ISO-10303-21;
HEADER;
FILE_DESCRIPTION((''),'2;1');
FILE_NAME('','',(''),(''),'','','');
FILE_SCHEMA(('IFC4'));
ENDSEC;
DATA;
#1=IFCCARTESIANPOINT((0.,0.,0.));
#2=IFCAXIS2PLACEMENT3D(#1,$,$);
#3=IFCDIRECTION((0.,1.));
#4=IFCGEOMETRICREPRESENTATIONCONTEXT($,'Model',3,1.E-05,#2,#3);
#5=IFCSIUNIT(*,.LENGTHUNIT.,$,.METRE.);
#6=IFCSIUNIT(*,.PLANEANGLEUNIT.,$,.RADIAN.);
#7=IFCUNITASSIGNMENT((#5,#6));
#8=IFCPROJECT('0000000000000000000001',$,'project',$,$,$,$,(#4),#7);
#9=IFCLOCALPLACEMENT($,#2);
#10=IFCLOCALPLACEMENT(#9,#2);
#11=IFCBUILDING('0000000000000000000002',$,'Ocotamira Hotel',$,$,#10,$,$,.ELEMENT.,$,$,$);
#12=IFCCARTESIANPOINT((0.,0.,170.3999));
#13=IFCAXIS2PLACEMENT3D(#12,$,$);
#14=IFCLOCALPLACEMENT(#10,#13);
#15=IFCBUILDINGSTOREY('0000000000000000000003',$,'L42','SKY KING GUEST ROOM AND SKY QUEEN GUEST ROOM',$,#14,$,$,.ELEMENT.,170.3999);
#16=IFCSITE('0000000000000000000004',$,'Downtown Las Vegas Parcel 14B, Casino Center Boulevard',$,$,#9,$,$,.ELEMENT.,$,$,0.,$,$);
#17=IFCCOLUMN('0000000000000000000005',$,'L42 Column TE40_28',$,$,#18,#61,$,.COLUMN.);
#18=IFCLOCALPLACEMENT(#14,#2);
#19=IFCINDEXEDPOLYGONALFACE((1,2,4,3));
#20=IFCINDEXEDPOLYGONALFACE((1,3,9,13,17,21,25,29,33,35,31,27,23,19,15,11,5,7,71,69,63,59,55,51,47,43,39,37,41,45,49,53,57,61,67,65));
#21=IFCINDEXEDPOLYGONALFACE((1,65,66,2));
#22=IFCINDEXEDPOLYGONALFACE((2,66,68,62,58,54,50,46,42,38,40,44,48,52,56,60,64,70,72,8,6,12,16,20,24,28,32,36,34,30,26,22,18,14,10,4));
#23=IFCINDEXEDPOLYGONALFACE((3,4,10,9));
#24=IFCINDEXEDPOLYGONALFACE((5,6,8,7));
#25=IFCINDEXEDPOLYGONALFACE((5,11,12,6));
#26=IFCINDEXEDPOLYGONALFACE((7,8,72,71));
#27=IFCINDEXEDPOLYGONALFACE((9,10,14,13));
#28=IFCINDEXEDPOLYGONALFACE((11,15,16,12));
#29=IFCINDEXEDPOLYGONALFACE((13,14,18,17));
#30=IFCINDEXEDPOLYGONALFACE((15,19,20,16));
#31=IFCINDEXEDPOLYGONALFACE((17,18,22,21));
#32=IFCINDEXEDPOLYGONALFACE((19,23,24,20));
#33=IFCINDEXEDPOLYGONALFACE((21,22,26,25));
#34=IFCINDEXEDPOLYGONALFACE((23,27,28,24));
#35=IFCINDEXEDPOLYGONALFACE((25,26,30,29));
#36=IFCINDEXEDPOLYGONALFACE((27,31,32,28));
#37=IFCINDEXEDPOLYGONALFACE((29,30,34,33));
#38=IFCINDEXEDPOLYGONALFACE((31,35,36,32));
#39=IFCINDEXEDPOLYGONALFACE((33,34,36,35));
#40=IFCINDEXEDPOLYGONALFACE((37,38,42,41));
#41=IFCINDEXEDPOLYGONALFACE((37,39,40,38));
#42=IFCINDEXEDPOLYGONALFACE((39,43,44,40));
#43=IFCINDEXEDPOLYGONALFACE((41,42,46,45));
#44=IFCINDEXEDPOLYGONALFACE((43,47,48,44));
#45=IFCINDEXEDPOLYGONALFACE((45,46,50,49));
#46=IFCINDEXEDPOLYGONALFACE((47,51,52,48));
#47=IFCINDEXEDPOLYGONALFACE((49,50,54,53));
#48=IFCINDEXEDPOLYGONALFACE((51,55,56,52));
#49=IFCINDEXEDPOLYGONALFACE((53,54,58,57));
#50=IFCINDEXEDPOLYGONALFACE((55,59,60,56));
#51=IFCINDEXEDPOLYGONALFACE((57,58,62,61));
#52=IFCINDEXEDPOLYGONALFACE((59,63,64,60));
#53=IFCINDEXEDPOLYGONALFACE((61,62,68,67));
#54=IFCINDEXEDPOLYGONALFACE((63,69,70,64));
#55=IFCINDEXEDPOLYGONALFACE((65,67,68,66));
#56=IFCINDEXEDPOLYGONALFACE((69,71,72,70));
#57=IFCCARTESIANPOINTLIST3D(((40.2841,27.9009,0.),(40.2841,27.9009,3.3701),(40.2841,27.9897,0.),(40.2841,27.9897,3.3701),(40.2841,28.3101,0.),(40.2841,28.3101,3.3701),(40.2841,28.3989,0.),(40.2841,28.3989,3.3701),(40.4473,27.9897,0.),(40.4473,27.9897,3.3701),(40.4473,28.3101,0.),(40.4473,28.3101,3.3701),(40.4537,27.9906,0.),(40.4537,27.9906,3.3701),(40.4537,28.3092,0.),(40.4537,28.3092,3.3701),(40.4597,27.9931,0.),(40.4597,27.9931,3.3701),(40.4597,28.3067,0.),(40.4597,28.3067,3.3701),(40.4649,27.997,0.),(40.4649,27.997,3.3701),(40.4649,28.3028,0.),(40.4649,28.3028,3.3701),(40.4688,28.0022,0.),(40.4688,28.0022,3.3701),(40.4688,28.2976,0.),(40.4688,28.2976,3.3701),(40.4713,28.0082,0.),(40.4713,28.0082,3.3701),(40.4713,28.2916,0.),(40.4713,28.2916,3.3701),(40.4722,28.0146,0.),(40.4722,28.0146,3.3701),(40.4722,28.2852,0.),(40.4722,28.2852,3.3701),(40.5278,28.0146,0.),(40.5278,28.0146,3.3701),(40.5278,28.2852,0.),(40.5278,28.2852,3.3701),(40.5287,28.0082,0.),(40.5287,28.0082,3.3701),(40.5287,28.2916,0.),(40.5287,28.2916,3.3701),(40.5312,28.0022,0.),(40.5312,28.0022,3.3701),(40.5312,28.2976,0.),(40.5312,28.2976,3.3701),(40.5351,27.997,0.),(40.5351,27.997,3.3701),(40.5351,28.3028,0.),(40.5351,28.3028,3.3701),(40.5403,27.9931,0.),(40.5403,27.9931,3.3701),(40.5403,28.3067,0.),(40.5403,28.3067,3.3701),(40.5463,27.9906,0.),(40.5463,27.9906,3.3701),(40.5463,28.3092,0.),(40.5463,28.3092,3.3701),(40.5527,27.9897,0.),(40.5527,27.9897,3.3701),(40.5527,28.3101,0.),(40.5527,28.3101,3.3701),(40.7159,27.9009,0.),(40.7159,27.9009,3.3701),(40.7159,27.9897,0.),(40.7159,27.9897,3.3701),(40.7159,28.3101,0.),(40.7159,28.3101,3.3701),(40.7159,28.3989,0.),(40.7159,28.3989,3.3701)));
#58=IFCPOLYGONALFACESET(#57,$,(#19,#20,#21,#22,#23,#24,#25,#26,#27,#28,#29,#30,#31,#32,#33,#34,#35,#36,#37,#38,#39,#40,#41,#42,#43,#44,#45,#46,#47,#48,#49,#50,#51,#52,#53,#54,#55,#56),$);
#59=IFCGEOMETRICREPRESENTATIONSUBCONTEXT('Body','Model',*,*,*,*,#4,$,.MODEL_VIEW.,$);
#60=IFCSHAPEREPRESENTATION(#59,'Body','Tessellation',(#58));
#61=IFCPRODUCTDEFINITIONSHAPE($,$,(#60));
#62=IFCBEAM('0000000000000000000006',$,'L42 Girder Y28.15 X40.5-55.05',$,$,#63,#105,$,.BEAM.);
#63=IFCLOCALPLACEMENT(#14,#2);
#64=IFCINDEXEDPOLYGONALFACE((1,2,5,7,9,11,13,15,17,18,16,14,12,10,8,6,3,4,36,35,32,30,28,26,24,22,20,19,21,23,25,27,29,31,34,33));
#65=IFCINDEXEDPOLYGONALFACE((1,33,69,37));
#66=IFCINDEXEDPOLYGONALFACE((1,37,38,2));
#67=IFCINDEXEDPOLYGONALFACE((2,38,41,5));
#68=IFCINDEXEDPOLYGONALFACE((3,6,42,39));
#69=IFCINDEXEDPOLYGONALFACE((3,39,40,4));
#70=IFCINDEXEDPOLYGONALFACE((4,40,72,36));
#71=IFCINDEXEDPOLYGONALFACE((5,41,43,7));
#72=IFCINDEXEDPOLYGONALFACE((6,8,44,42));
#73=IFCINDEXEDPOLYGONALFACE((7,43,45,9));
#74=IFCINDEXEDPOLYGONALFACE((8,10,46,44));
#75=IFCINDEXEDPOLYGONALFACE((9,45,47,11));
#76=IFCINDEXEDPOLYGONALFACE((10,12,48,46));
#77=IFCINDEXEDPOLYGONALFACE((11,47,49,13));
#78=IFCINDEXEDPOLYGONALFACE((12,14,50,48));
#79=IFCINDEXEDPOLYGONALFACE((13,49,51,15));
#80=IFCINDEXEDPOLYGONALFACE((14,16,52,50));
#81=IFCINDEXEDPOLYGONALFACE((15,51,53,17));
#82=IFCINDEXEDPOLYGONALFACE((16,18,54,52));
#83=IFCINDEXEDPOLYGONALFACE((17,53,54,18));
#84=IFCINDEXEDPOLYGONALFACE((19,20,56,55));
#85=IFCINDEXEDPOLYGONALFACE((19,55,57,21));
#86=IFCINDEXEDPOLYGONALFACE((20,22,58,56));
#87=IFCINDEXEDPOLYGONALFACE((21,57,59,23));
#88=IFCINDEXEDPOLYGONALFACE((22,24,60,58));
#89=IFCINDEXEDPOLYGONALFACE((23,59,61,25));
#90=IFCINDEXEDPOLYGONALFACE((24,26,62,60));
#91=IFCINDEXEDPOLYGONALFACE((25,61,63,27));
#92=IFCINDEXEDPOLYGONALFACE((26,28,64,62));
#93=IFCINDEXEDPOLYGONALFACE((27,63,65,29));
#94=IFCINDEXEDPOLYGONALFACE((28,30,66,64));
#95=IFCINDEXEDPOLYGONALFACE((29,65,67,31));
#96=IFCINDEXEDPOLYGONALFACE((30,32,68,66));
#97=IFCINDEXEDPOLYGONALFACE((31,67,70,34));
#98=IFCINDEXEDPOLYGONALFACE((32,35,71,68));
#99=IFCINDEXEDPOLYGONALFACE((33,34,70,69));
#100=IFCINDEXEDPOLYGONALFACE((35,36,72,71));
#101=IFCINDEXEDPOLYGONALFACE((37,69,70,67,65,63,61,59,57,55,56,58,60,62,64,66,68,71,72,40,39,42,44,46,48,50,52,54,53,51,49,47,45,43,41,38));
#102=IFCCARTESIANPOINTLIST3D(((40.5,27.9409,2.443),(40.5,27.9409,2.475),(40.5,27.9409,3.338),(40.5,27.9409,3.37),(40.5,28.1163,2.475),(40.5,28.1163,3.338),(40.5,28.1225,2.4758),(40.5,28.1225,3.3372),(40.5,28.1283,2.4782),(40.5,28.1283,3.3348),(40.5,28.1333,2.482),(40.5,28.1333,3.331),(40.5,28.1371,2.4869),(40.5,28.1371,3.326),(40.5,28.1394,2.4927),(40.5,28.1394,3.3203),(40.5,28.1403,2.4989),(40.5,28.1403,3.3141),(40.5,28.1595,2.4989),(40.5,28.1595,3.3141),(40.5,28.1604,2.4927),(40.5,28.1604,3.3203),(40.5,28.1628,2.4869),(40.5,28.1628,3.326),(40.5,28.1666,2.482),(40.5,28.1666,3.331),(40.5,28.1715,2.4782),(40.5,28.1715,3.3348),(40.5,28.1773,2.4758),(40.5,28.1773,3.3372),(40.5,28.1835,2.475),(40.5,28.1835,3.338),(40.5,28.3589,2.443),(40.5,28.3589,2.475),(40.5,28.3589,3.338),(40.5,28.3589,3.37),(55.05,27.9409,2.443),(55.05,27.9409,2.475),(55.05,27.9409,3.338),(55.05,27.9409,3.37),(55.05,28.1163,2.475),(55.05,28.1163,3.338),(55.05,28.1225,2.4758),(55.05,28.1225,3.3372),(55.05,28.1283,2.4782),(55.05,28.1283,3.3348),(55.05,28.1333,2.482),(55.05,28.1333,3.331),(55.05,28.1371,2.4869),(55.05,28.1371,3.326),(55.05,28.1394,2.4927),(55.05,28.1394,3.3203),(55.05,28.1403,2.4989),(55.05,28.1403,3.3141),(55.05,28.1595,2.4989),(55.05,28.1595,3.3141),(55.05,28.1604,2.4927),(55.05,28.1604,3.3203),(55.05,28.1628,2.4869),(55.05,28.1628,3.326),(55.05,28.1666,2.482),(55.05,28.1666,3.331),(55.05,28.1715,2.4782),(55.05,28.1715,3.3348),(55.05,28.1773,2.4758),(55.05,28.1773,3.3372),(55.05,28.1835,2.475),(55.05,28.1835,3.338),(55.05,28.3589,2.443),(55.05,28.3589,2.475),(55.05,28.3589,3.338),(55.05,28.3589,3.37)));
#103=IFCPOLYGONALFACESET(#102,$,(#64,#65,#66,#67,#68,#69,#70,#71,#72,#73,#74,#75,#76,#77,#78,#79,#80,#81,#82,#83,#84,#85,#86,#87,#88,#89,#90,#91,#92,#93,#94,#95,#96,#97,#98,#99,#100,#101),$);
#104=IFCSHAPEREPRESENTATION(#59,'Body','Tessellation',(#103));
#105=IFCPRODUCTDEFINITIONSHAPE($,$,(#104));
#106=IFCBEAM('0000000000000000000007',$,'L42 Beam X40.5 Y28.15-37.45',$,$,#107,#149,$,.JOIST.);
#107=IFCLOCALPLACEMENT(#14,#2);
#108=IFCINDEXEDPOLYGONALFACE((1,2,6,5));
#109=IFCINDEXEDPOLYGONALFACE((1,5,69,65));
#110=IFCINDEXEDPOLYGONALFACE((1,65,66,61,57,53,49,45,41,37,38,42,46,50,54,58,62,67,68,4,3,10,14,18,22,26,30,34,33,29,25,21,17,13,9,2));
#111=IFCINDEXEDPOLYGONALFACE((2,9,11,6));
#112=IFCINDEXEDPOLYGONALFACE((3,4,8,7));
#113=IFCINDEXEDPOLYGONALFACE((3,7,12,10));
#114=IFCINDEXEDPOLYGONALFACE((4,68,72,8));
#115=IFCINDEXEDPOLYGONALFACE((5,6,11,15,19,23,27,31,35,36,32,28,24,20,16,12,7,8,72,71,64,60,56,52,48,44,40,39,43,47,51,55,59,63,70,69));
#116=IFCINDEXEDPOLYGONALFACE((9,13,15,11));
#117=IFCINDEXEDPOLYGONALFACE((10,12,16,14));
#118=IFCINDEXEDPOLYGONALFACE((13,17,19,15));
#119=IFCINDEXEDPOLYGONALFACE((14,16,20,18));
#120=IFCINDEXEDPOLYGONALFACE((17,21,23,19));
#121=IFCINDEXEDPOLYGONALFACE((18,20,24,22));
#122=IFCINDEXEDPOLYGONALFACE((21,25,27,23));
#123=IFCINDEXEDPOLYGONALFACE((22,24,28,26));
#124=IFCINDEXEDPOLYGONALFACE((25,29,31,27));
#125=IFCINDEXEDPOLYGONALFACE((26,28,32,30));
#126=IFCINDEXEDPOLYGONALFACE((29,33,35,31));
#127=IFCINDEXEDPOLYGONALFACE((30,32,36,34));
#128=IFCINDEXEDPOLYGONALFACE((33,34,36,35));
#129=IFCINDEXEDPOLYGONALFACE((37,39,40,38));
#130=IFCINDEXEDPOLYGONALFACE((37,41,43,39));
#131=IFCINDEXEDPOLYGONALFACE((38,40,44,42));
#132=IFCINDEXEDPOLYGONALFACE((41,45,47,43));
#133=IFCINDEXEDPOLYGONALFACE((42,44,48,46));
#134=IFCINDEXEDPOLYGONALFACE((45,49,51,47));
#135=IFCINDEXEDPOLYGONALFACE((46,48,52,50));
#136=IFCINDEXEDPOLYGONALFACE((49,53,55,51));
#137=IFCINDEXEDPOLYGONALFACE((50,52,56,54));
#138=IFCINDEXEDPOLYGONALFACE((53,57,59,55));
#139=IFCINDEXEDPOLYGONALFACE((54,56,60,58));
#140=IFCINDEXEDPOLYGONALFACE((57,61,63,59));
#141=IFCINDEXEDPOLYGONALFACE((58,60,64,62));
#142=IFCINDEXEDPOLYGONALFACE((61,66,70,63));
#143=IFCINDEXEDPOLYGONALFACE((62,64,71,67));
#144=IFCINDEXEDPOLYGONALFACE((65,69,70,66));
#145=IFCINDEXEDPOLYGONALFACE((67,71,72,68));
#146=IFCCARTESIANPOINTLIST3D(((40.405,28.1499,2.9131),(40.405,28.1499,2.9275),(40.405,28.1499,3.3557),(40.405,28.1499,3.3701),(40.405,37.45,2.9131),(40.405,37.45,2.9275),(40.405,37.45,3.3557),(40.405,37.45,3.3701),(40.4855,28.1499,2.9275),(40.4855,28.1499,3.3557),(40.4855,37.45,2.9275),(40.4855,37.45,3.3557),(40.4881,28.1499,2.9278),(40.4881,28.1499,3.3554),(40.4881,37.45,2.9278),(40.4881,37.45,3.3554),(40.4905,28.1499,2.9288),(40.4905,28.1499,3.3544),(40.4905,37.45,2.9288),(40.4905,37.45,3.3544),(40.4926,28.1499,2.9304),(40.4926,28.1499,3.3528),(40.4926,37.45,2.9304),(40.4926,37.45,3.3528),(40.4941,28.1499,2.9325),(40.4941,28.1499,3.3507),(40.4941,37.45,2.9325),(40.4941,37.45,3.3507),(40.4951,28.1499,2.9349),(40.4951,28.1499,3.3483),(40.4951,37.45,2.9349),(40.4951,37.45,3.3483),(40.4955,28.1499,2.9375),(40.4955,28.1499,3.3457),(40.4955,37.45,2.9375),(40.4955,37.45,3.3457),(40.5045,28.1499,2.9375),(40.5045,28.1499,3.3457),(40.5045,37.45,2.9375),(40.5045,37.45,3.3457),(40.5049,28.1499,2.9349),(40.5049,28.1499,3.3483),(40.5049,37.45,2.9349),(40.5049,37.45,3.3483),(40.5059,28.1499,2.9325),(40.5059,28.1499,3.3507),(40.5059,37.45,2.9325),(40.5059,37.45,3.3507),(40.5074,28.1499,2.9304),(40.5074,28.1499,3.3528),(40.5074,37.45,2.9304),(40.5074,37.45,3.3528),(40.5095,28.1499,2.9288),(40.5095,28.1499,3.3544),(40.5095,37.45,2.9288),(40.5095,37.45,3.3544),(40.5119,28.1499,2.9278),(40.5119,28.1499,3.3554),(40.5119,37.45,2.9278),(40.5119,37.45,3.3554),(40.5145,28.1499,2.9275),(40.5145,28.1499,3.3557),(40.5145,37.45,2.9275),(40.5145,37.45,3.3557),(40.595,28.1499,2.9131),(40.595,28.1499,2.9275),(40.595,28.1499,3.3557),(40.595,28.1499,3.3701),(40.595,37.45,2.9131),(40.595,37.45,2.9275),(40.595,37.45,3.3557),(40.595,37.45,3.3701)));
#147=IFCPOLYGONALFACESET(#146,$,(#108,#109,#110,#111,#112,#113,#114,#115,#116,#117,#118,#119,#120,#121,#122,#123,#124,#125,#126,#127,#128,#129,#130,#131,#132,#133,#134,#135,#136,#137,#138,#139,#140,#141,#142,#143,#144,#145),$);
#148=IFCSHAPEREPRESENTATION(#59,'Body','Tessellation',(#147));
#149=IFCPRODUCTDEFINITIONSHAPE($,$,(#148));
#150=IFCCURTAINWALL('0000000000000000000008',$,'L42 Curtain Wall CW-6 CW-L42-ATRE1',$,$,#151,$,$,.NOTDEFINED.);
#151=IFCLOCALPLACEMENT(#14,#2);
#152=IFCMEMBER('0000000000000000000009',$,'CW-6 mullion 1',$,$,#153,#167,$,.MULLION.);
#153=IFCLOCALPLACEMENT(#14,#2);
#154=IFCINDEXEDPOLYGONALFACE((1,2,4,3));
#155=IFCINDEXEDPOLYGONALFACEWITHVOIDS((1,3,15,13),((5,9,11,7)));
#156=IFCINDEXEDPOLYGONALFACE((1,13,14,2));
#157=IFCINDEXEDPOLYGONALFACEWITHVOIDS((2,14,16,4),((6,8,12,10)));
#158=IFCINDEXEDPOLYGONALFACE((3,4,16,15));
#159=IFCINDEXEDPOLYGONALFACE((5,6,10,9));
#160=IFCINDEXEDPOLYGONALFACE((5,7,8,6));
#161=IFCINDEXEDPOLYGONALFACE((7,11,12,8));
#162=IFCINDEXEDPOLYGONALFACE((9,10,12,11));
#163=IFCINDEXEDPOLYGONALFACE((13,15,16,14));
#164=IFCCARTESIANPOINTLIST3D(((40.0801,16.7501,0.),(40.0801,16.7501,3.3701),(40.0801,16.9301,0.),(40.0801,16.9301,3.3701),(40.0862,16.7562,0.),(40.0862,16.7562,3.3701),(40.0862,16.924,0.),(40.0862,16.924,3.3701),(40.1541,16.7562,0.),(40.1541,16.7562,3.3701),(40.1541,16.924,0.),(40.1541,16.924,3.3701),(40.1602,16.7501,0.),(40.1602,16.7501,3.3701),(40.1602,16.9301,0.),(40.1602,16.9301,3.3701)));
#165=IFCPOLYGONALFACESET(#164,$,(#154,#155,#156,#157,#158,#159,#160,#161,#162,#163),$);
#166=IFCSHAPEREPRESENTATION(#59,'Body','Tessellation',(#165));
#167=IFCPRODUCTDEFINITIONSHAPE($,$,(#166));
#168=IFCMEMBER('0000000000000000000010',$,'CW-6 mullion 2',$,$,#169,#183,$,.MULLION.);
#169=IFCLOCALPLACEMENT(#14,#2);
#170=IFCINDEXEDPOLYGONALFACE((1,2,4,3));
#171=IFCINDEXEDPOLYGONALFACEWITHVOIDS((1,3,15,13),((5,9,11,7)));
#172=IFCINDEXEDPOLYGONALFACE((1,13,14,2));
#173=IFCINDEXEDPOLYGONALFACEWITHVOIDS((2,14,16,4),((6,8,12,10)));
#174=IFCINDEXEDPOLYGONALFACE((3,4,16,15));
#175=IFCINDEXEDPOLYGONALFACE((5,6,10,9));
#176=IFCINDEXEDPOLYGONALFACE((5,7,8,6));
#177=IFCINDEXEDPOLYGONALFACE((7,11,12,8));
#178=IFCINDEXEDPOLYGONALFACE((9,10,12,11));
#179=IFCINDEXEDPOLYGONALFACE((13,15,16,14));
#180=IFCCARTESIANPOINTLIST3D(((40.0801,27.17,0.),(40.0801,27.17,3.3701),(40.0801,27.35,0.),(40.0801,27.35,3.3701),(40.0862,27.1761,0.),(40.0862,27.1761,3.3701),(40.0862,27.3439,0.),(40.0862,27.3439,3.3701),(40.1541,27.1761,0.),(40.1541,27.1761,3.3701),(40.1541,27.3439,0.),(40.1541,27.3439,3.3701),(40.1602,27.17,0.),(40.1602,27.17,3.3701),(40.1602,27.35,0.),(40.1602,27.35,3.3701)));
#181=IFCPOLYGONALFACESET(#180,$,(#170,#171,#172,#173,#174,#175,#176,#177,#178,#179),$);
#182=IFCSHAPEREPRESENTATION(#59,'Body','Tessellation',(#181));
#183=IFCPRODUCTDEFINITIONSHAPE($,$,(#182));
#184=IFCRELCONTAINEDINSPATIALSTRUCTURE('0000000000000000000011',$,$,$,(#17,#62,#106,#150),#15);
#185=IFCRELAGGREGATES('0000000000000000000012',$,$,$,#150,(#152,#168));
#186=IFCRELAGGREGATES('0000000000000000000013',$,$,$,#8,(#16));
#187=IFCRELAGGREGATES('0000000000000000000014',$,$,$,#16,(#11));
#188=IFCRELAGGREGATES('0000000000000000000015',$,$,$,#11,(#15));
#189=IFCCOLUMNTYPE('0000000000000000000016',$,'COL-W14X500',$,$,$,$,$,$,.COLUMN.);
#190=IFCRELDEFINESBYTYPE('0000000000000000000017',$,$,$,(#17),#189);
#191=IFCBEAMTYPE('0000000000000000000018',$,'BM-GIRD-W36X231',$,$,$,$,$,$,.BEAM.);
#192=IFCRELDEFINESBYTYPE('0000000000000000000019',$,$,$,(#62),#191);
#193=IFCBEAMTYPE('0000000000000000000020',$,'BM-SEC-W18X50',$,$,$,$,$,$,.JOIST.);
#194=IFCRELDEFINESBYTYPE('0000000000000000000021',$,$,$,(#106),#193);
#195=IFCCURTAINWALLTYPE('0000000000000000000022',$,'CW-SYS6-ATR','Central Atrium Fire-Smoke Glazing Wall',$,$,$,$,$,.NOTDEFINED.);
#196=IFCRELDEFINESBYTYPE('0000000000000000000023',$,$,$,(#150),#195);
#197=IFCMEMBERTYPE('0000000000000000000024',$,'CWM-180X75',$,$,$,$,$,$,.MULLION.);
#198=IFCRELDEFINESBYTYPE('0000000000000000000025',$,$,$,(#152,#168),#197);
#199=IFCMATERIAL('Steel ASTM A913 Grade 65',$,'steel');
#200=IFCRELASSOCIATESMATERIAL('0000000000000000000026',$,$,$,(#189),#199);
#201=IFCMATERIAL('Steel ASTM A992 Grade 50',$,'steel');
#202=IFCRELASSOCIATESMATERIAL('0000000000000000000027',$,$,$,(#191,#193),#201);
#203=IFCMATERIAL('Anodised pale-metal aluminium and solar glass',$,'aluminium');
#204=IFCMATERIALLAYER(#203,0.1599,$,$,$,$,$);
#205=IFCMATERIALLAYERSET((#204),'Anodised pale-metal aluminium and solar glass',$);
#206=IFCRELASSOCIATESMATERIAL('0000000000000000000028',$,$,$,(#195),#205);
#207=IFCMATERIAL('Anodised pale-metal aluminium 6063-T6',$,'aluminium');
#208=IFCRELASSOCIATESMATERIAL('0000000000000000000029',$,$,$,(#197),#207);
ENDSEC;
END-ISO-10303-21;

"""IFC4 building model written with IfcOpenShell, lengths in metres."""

from ifc_helpers import new_model, si_unit, direction, frame, origin, origin_2d, place, context, subcontext, project, spatial, hollow_rectangle, i_section, extrude, source, transform, mapped, material, layer, layer_set, material_profile, profile_set, type_object, element, aggregate, save


model = new_model("IFC4")

# Units and contexts
model_context = context("Model", 3, precision=1e-05, world=origin(), true_north=direction((0.0, 1.0)))
body_context = subcontext(model_context, "Body", "Model", "MODEL_VIEW")
ifc_project = project(units=[si_unit("LENGTHUNIT", "METRE"), si_unit("PLANEANGLEUNIT", "RADIAN")], contexts=[model_context])

# Site, building, storey
site_placement = place(None, origin())
site = spatial("IfcSite", under=ifc_project, at=site_placement, Name="Downtown Las Vegas Parcel 14B, Casino Center Boulevard", CompositionType="ELEMENT", RefElevation=0.0)
building_placement = place(site_placement, origin())
building = spatial("IfcBuilding", under=site, at=building_placement, Name="Ocotamira Hotel", CompositionType="ELEMENT")
storey_placement = place(building_placement, frame((0.0, 0.0, 170.3999)))
storey = spatial("IfcBuildingStorey", under=building, at=storey_placement, Name="L42", Description="SKY KING GUEST ROOM AND SKY QUEEN GUEST ROOM", CompositionType="ELEMENT", Elevation=170.3999)

# Column
ifc_material_1 = material(Name="Steel ASTM A913 Grade 65", Category="steel")
ifc_material_profile_1 = material_profile(ifc_material_1, i_section(OverallWidth=0.4319, OverallDepth=0.498, WebThickness=0.0557, FlangeThickness=0.0889, FilletRadius=0.0249, at=origin_2d()), Name="W14X500")
ifc_profile_set_1 = profile_set([ifc_material_profile_1], Name="Steel ASTM A913 Grade 65")
column_type = type_object("IfcColumnType", Name="COL-W14X500", PredefinedType="COLUMN", material=ifc_profile_set_1)
shared_shape_1 = source(origin(), body_context, "Body", "SweptSolid", [
    extrude(i_section(OverallWidth=0.4319, OverallDepth=0.498, WebThickness=0.0557, FlangeThickness=0.0889, FilletRadius=0.0249, at=origin_2d()), origin(), (0.0, 0.0, 1.0), 3.3701),
])
column_placement = place(storey_placement, frame((40.5, 28.1499, 0.0), z_axis=(0.0, 0.0, 1.0), x_axis=(1.0, 0.0, 0.0)))
element("IfcColumn", 1, at=column_placement, inside=storey, type_object=column_type, Name="L42 Column TE40_28", PredefinedType="COLUMN", context=body_context, shape_type="MappedRepresentation", body=[
    mapped(shared_shape_1, transform((0.0, 0.0, 0.0), scale=1.0)),
])

# Beams
ifc_material_2 = material(Name="Steel ASTM A992 Grade 50", Category="steel")
ifc_material_profile_2 = material_profile(ifc_material_2, i_section(OverallWidth=0.418, OverallDepth=0.927, WebThickness=0.0193, FlangeThickness=0.032, FilletRadius=0.0239, at=origin_2d()), Name="W36X231")
ifc_profile_set_2 = profile_set([ifc_material_profile_2], Name="Steel ASTM A992 Grade 50")
beam_type_1 = type_object("IfcBeamType", Name="BM-GIRD-W36X231", PredefinedType="BEAM", material=ifc_profile_set_2)
shared_shape_2 = source(origin(), body_context, "Body", "SweptSolid", [
    extrude(i_section(OverallWidth=0.418, OverallDepth=0.927, WebThickness=0.0193, FlangeThickness=0.032, FilletRadius=0.0239, at=origin_2d()), origin(), (0.0, 0.0, 1.0), 14.55),
])
beam_1_placement = place(storey_placement, frame((40.5, 28.1499, 2.9065), z_axis=(1.0, 0.0, 0.0), x_axis=(0.0, 1.0, 0.0)))
element("IfcBeam", 2, at=beam_1_placement, inside=storey, type_object=beam_type_1, Name="L42 Girder Y28.15 X40.5-55.05", PredefinedType="BEAM", context=body_context, shape_type="MappedRepresentation", body=[
    mapped(shared_shape_2, transform((0.0, 0.0, 0.0), scale=1.0)),
])
ifc_material_profile_3 = material_profile(ifc_material_2, i_section(OverallWidth=0.1899, OverallDepth=0.457, WebThickness=0.009, FlangeThickness=0.0144, FilletRadius=0.01, at=origin_2d()), Name="W18X50")
ifc_profile_set_3 = profile_set([ifc_material_profile_3], Name="Steel ASTM A992 Grade 50")
beam_type_2 = type_object("IfcBeamType", Name="BM-SEC-W18X50", PredefinedType="JOIST", material=ifc_profile_set_3)
shared_shape_3 = source(origin(), body_context, "Body", "SweptSolid", [
    extrude(i_section(OverallWidth=0.1899, OverallDepth=0.457, WebThickness=0.009, FlangeThickness=0.0144, FilletRadius=0.01, at=origin_2d()), origin(), (0.0, 0.0, 1.0), 9.3),
])
beam_2_placement = place(storey_placement, frame((40.5, 28.1499, 3.1416), z_axis=(0.0, 1.0, 0.0), x_axis=(-1.0, 0.0, 0.0)))
element("IfcBeam", 3, at=beam_2_placement, inside=storey, type_object=beam_type_2, Name="L42 Beam X40.5 Y28.15-37.45", PredefinedType="JOIST", context=body_context, shape_type="MappedRepresentation", body=[
    mapped(shared_shape_3, transform((0.0, 0.0, 0.0), scale=1.0)),
])

# Curtain wall, members
ifc_material_3 = material(Name="Anodised pale-metal aluminium and solar glass", Category="aluminium")
ifc_layer_1 = layer(ifc_material_3, 0.1599)
ifc_layer_set_1 = layer_set([ifc_layer_1], Name="Anodised pale-metal aluminium and solar glass")
curtain_wall_type = type_object("IfcCurtainWallType", Name="CW-SYS6-ATR", Description="Central Atrium Fire-Smoke Glazing Wall", PredefinedType="NOTDEFINED", material=ifc_layer_set_1)
curtain_wall_1_placement = place(storey_placement, origin())
curtain_wall_1 = element("IfcCurtainWall", 4, at=curtain_wall_1_placement, inside=storey, type_object=curtain_wall_type, Name="L42 Curtain Wall CW-6 CW-L42-ATRE1", PredefinedType="NOTDEFINED")
ifc_material_4 = material(Name="Anodised pale-metal aluminium 6063-T6", Category="aluminium")
ifc_material_profile_4 = material_profile(ifc_material_4, hollow_rectangle(XDim=0.0801, YDim=0.1799, WallThickness=0.0061, at=origin_2d()), Name="HSS180X80X6")
ifc_profile_set_4 = profile_set([ifc_material_profile_4], Name="Anodised pale-metal aluminium 6063-T6")
member_type_1 = type_object("IfcMemberType", Name="CWM-180X75", PredefinedType="MULLION", material=ifc_profile_set_4)
shared_shape_4 = source(origin(), body_context, "Body", "SweptSolid", [
    extrude(hollow_rectangle(XDim=0.0801, YDim=0.1799, WallThickness=0.0061, at=origin_2d()), origin(), (0.0, 0.0, 1.0), 3.3701),
])
member_1_placement = place(storey_placement, frame((40.1201, 16.8401, 0.0), z_axis=(0.0, 0.0, 1.0), x_axis=(-1.0, 0.0, 0.0)))
member_1 = element("IfcMember", 5, at=member_1_placement, type_object=member_type_1, Name="CW-6 mullion 1", PredefinedType="MULLION", context=body_context, shape_type="MappedRepresentation", body=[
    mapped(shared_shape_4, transform((0.0, 0.0, 0.0), scale=1.0)),
])
member_2_placement = place(storey_placement, frame((40.1201, 27.26, 0.0), z_axis=(0.0, 0.0, 1.0), x_axis=(-1.0, 0.0, 0.0)))
member_2 = element("IfcMember", 6, at=member_2_placement, type_object=member_type_1, Name="CW-6 mullion 2", PredefinedType="MULLION", context=body_context, shape_type="MappedRepresentation", body=[
    mapped(shared_shape_4, transform((0.0, 0.0, 0.0), scale=1.0)),
])

aggregate(curtain_wall_1, [member_1, member_2])

save(model, "model.ifc")
